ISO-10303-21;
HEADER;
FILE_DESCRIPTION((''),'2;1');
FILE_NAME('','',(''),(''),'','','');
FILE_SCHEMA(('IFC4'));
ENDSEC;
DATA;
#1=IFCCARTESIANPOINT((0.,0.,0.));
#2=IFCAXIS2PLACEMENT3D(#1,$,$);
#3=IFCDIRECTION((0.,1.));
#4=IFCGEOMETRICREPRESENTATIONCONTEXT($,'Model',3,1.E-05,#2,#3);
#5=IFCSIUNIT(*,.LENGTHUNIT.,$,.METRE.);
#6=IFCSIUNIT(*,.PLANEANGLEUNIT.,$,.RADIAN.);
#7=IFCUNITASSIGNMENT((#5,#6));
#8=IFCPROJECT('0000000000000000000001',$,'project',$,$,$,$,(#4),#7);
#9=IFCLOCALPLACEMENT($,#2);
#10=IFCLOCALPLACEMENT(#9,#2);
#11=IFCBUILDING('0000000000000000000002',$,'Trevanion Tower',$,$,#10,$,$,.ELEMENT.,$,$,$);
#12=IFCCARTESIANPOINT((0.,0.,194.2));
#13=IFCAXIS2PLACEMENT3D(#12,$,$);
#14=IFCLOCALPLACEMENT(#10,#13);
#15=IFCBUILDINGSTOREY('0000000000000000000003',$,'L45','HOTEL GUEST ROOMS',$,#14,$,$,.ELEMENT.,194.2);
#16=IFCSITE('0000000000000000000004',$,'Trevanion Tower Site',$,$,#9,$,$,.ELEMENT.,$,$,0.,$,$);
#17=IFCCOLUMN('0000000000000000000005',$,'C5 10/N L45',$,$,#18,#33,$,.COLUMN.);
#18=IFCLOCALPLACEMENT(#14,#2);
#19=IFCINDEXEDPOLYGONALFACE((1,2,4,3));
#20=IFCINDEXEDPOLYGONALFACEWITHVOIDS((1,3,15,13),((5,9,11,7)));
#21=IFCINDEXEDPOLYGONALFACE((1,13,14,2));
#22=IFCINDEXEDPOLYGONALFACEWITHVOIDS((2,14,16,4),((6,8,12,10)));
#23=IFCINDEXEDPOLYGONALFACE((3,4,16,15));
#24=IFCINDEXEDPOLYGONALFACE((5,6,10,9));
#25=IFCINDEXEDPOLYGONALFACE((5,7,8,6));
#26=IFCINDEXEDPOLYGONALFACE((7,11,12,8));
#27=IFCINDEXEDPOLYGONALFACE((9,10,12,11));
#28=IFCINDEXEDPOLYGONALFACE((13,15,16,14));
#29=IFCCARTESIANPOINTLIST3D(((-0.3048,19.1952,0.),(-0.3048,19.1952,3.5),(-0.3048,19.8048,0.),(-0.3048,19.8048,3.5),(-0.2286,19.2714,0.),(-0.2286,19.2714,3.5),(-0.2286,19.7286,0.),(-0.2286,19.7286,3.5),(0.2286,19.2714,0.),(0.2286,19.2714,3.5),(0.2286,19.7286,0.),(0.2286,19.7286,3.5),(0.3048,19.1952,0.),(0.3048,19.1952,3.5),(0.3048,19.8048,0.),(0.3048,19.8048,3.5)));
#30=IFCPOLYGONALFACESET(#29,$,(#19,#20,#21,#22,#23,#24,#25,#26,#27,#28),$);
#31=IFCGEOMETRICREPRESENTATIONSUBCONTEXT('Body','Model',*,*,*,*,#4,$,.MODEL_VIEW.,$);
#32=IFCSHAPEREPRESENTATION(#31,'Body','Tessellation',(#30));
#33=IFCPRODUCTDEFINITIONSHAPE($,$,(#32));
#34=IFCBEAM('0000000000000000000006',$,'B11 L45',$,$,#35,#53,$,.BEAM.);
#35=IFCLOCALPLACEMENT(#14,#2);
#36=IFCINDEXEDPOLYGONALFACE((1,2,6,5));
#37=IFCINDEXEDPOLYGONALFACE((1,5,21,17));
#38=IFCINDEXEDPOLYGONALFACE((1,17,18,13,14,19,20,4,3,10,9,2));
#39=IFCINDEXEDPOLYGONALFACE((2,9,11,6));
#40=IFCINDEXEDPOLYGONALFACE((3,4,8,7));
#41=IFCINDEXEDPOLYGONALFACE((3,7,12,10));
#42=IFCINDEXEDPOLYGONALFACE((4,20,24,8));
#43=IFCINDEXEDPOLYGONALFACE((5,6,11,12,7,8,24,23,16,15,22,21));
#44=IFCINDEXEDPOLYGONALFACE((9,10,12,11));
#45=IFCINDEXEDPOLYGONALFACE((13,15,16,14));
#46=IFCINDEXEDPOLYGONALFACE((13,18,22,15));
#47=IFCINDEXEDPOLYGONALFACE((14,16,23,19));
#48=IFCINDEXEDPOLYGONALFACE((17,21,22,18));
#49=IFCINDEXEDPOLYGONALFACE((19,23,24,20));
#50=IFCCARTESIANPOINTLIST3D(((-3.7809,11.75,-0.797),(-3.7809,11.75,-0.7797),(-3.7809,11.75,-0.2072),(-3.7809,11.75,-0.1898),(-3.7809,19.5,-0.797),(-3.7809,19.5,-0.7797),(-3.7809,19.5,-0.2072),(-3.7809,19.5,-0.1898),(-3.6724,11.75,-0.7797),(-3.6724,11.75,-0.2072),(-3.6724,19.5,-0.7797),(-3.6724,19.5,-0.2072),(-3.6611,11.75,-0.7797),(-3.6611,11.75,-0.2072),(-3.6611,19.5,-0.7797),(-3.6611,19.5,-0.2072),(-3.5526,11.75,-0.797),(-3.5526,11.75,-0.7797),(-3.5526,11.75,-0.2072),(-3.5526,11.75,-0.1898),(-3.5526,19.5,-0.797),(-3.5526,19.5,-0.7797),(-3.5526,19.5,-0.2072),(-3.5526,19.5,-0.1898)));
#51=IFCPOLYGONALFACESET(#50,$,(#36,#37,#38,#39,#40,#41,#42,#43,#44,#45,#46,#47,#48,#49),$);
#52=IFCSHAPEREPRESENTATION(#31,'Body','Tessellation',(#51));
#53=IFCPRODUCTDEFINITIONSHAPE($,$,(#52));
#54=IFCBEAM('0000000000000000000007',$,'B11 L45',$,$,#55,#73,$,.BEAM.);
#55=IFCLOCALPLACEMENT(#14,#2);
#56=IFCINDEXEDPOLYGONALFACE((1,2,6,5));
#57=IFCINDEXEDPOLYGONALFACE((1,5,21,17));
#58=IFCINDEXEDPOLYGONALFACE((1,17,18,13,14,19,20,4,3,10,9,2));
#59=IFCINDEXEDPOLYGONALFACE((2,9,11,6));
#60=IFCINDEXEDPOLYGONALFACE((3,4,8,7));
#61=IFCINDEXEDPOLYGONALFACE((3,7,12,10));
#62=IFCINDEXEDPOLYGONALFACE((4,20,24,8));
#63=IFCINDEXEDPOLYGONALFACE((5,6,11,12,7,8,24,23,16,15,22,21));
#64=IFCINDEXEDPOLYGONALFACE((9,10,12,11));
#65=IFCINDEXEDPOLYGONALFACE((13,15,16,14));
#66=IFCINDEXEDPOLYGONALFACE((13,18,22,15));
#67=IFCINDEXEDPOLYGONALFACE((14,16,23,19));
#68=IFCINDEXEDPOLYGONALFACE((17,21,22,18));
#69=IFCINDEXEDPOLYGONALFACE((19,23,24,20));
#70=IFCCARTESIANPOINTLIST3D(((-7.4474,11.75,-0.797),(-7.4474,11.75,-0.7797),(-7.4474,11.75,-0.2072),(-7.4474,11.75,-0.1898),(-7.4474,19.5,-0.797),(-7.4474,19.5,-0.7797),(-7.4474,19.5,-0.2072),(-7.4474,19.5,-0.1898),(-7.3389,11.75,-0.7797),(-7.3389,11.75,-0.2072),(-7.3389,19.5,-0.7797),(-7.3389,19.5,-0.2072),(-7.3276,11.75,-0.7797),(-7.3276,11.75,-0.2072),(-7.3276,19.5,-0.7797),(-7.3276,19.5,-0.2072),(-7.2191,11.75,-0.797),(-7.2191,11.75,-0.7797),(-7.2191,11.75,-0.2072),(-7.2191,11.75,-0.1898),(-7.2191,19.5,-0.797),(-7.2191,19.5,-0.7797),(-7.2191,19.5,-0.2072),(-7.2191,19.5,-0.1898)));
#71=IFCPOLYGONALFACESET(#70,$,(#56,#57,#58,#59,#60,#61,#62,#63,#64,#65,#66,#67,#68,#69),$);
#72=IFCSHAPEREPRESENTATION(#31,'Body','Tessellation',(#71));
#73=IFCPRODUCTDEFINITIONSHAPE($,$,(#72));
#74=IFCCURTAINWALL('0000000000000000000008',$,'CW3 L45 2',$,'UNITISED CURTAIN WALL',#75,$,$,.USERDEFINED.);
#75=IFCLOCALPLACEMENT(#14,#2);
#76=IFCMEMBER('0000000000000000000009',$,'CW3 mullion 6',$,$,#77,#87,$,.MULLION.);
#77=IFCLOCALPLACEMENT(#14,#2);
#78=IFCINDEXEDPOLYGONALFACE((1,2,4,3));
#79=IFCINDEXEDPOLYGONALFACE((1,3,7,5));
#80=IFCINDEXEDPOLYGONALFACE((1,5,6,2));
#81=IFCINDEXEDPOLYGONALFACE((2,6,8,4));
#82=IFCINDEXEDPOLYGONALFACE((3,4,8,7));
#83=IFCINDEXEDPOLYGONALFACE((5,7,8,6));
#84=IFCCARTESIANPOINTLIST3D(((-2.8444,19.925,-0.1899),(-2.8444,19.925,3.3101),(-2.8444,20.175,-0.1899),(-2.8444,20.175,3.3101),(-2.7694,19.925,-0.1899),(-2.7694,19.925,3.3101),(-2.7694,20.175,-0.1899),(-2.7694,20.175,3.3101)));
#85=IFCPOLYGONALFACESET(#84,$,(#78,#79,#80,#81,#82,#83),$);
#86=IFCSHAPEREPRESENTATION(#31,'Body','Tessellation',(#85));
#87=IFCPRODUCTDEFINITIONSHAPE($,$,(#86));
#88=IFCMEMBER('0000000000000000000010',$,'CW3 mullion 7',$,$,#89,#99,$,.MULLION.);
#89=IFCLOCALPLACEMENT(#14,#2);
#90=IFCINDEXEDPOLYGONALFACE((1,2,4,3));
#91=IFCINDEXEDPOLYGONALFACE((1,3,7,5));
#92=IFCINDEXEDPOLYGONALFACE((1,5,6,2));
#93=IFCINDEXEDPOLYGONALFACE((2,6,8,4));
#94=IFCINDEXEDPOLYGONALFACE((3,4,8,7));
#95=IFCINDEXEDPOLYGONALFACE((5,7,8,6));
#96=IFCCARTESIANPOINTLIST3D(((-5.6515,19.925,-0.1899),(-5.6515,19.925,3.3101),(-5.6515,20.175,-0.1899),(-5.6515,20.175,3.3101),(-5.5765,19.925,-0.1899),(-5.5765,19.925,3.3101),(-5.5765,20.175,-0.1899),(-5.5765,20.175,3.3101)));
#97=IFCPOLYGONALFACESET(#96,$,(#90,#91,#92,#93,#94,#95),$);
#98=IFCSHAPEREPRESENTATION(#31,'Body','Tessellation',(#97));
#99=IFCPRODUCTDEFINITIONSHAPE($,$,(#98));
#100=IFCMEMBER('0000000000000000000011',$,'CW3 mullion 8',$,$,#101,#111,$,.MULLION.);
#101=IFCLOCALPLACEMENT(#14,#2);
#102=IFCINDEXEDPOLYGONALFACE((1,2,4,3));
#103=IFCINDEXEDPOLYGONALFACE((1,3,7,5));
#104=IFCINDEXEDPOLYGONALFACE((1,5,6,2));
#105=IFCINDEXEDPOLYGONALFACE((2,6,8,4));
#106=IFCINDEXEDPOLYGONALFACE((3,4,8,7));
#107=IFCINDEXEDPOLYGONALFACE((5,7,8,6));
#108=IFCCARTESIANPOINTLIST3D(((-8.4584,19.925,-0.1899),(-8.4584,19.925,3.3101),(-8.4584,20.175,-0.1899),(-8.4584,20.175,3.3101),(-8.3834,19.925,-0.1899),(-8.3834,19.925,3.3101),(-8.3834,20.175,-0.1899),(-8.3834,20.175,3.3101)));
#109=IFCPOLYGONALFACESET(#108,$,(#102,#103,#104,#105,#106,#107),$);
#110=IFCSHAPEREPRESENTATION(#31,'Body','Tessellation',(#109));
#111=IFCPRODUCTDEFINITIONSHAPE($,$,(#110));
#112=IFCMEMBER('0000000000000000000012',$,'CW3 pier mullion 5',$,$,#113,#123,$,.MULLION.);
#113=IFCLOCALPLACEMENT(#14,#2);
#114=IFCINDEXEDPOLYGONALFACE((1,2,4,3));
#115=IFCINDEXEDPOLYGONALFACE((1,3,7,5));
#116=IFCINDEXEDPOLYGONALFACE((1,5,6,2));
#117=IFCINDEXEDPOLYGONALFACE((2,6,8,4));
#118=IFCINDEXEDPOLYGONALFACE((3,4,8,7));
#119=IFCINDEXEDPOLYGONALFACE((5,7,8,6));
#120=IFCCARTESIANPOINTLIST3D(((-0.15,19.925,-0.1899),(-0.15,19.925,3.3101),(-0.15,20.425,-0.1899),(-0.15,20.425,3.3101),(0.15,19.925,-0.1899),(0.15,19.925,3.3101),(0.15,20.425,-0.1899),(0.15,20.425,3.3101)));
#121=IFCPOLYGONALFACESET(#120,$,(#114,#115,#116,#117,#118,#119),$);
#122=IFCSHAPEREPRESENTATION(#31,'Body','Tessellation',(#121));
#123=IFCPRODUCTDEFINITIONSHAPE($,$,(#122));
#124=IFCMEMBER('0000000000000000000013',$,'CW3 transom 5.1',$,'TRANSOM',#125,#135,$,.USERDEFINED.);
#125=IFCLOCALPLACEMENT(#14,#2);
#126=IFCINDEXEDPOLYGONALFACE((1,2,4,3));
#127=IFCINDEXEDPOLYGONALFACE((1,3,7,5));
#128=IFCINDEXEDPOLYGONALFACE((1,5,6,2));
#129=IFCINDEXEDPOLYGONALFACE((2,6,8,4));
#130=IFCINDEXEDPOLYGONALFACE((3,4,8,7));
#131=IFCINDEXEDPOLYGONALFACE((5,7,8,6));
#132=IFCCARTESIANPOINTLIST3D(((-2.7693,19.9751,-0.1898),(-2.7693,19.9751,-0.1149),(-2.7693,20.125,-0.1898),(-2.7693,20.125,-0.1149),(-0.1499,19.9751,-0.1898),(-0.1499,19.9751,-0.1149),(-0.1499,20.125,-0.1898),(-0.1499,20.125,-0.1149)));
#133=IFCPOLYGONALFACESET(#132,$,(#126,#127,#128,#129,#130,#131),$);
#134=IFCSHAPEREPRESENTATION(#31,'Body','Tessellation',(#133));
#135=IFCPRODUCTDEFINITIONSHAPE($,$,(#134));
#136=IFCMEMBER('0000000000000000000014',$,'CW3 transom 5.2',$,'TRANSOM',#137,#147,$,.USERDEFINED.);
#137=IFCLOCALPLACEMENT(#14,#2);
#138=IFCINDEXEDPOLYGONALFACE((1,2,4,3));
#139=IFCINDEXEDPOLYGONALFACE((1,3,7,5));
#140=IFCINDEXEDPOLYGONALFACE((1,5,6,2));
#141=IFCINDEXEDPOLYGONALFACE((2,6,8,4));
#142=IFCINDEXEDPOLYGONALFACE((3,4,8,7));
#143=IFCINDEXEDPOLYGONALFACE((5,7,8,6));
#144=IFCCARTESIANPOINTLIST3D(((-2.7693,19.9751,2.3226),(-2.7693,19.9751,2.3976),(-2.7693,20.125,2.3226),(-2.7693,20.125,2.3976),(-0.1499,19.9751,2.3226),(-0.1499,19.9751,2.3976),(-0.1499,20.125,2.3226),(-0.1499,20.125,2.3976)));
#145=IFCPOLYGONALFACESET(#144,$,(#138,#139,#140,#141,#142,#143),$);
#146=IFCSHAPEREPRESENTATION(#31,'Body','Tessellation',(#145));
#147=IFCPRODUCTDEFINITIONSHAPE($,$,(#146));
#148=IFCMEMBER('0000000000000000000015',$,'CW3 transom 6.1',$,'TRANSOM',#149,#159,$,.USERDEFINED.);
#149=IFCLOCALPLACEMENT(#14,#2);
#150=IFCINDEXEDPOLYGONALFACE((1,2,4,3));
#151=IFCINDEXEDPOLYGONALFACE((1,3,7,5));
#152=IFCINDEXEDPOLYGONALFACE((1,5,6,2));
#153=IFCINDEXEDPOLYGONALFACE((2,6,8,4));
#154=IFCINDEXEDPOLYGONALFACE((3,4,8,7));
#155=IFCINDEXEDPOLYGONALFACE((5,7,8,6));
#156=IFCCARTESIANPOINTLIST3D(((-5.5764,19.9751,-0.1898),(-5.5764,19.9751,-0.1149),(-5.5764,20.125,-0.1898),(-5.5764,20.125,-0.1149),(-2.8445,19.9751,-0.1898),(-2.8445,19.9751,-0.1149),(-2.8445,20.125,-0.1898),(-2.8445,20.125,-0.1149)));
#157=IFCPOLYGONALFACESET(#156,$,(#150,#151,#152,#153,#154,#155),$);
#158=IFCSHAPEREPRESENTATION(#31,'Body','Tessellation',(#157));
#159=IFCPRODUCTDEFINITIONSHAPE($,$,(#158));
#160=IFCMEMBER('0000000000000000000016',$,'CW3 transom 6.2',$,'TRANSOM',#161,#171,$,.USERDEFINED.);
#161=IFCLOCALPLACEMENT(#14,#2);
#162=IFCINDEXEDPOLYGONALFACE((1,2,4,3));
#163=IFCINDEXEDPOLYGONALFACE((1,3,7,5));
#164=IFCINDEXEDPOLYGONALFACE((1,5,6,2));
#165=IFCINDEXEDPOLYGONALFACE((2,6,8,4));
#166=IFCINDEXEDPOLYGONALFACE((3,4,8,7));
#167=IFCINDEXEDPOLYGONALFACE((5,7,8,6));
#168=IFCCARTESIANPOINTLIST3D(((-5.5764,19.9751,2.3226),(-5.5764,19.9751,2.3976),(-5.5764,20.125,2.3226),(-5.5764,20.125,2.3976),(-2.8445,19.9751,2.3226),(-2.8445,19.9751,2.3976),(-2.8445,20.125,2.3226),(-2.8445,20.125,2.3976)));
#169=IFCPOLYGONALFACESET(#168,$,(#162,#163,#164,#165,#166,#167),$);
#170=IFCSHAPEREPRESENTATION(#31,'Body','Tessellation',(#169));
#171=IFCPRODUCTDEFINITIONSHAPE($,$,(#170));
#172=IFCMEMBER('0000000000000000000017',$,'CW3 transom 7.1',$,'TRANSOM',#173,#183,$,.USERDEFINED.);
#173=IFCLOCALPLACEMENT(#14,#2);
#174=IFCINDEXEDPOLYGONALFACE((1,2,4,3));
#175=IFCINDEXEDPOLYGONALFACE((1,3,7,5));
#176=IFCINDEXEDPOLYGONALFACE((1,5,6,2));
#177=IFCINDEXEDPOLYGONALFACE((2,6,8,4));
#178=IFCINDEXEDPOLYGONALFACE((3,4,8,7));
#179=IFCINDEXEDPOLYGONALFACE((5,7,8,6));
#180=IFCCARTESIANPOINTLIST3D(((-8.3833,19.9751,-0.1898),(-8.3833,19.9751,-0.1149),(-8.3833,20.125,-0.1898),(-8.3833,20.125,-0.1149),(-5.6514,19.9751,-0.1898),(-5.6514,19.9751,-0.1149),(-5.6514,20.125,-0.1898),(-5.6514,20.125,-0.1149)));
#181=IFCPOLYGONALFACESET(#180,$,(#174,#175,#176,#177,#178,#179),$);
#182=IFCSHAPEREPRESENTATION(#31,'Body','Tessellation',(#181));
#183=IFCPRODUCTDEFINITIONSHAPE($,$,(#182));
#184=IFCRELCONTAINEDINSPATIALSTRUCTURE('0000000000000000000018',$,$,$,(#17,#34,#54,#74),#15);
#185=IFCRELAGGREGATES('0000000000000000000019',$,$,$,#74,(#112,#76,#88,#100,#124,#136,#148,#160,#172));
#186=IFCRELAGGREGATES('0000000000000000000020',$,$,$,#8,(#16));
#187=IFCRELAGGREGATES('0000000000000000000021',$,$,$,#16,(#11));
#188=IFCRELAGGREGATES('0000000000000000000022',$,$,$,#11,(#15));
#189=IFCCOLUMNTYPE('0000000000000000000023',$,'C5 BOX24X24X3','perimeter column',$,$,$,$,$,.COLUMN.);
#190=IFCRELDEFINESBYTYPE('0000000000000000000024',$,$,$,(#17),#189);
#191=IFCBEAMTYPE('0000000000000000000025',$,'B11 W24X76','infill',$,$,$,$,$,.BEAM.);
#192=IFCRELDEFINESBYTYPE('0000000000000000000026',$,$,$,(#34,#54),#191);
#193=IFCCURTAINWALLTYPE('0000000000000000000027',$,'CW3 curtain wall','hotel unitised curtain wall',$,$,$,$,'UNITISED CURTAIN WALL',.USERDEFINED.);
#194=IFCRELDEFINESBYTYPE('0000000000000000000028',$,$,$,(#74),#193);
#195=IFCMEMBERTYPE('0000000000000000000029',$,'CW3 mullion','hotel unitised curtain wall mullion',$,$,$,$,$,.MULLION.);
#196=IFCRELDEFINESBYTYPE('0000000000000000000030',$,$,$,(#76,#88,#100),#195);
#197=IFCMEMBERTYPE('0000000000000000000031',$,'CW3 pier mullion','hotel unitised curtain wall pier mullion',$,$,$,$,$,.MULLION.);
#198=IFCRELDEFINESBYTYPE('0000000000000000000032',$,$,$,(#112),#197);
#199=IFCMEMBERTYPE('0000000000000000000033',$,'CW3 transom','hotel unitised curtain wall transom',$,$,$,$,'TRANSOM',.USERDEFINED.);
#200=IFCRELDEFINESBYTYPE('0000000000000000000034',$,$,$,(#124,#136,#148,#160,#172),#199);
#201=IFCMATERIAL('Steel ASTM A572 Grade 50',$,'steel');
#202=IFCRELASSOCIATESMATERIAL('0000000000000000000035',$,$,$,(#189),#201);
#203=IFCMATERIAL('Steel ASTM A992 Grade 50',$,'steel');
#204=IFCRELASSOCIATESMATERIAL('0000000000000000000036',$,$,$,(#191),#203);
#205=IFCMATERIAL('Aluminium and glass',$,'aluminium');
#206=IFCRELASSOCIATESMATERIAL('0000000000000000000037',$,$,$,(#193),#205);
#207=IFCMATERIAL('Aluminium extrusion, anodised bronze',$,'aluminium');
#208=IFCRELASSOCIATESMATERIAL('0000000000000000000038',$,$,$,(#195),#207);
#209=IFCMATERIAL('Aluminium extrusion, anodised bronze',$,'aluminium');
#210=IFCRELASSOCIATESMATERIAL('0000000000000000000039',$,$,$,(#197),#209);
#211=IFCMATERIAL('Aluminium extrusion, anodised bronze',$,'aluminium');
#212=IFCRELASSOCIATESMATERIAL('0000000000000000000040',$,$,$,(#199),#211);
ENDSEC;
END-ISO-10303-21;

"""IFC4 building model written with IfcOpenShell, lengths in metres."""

from ifc_helpers import new_model, si_unit, direction, frame, origin, origin_2d, place, context, subcontext, project, spatial, rectangle, hollow_rectangle, i_section, extrude, material, material_profile, profile_set, type_object, element, aggregate, save


model = new_model("IFC4")

# Units and contexts
model_context = context("Model", 3, precision=1e-05, world=origin(), true_north=direction((0.0, 1.0)))
body_context = subcontext(model_context, "Body", "Model", "MODEL_VIEW")
ifc_project = project(units=[si_unit("LENGTHUNIT", "METRE"), si_unit("PLANEANGLEUNIT", "RADIAN")], contexts=[model_context])

# Site, building, storey
site_placement = place(None, origin())
site = spatial("IfcSite", under=ifc_project, at=site_placement, Name="Trevanion Tower Site", CompositionType="ELEMENT", RefElevation=0.0)
building_placement = place(site_placement, origin())
building = spatial("IfcBuilding", under=site, at=building_placement, Name="Trevanion Tower", CompositionType="ELEMENT")
storey_placement = place(building_placement, frame((0.0, 0.0, 194.2)))
storey = spatial("IfcBuildingStorey", under=building, at=storey_placement, Name="L45", Description="HOTEL GUEST ROOMS", CompositionType="ELEMENT", Elevation=194.2)

# Column
ifc_material_1 = material(Name="Steel ASTM A572 Grade 50", Category="steel")
ifc_material_profile_1 = material_profile(ifc_material_1, hollow_rectangle(XDim=0.6096, YDim=0.6096, WallThickness=0.0762, at=origin_2d()), Name="BOX24X24X3")
ifc_profile_set_1 = profile_set([ifc_material_profile_1], Name="Steel ASTM A572 Grade 50")
column_type = type_object("IfcColumnType", Name="C5 BOX24X24X3", Description="perimeter column", PredefinedType="COLUMN", material=ifc_profile_set_1)
column_placement = place(storey_placement, frame((0.0, 19.5, 0.0), z_axis=(0.0, 0.0, 1.0), x_axis=(1.0, 0.0, 0.0)))
element("IfcColumn", 1, at=column_placement, inside=storey, type_object=column_type, Name="C5 10/N L45", PredefinedType="COLUMN", context=body_context, shape_type="SweptSolid", body=[
    extrude(hollow_rectangle(XDim=0.6096, YDim=0.6096, WallThickness=0.0762, at=origin_2d()), origin(), (0.0, 0.0, 1.0), 3.5),
])

# Beams
ifc_material_2 = material(Name="Steel ASTM A992 Grade 50", Category="steel")
ifc_material_profile_2 = material_profile(ifc_material_2, i_section(OverallWidth=0.2283, OverallDepth=0.6072, WebThickness=0.0112, FlangeThickness=0.0173, at=origin_2d()), Name="W24X76")
ifc_profile_set_2 = profile_set([ifc_material_profile_2], Name="Steel ASTM A992 Grade 50")
beam_type_1 = type_object("IfcBeamType", Name="B11 W24X76", Description="infill", PredefinedType="BEAM", material=ifc_profile_set_2)
for number, where, z_axis, x_axis, name in (
    (2, (-3.6667, 11.75, -0.4934), (0.0, 1.0, 0.0), (-1.0, 0.0, 0.0), "B11 L45"),
    (3, (-7.3333, 11.75, -0.4934), (0.0, 1.0, 0.0), (-1.0, 0.0, 0.0), "B11 L45"),
):
    element("IfcBeam", number, at=place(storey_placement, frame(where, z_axis=z_axis, x_axis=x_axis)), inside=storey, type_object=beam_type_1, Name=name, PredefinedType="BEAM", context=body_context, shape_type="SweptSolid", body=[
        extrude(i_section(OverallWidth=0.2283, OverallDepth=0.6072, WebThickness=0.0112, FlangeThickness=0.0173, at=origin_2d()), origin(), (0.0, 0.0, 1.0), 7.75),
    ])

# Curtain wall, members
ifc_material_3 = material(Name="Aluminium and glass", Category="aluminium")
curtain_wall_type = type_object("IfcCurtainWallType", Name="CW3 curtain wall", Description="hotel unitised curtain wall", ElementType="UNITISED CURTAIN WALL", PredefinedType="USERDEFINED", material=ifc_material_3)
curtain_wall_placement = place(storey_placement, origin())
curtain_wall = element("IfcCurtainWall", 4, at=curtain_wall_placement, inside=storey, type_object=curtain_wall_type, Name="CW3 L45 2", ObjectType="UNITISED CURTAIN WALL", PredefinedType="USERDEFINED")
ifc_material_4 = material(Name="Aluminium extrusion, anodised bronze", Category="aluminium")
ifc_material_profile_3 = material_profile(ifc_material_4, rectangle(XDim=0.075, YDim=0.25, at=origin_2d()), Name="CW3 mullion")
ifc_profile_set_3 = profile_set([ifc_material_profile_3], Name="Aluminium extrusion, anodised bronze")
member_type_1 = type_object("IfcMemberType", Name="CW3 mullion", Description="hotel unitised curtain wall mullion", PredefinedType="MULLION", material=ifc_profile_set_3)
member_1_placement = place(storey_placement, frame((-2.8069, 20.05, -0.1899), z_axis=(0.0, 0.0, 1.0), x_axis=(-1.0, 0.0, 0.0)))
member_1 = element("IfcMember", 5, at=member_1_placement, type_object=member_type_1, Name="CW3 mullion 6", PredefinedType="MULLION", context=body_context, shape_type="SweptSolid", body=[
    extrude(rectangle(XDim=0.075, YDim=0.25, at=origin_2d()), origin(), (0.0, 0.0, 1.0), 3.5),
])
member_2_placement = place(storey_placement, frame((-5.614, 20.05, -0.1899), z_axis=(0.0, 0.0, 1.0), x_axis=(-1.0, 0.0, 0.0)))
member_2 = element("IfcMember", 6, at=member_2_placement, type_object=member_type_1, Name="CW3 mullion 7", PredefinedType="MULLION", context=body_context, shape_type="SweptSolid", body=[
    extrude(rectangle(XDim=0.075, YDim=0.25, at=origin_2d()), origin(), (0.0, 0.0, 1.0), 3.5),
])
member_3_placement = place(storey_placement, frame((-8.4209, 20.05, -0.1899), z_axis=(0.0, 0.0, 1.0), x_axis=(-1.0, 0.0, 0.0)))
member_3 = element("IfcMember", 7, at=member_3_placement, type_object=member_type_1, Name="CW3 mullion 8", PredefinedType="MULLION", context=body_context, shape_type="SweptSolid", body=[
    extrude(rectangle(XDim=0.075, YDim=0.25, at=origin_2d()), origin(), (0.0, 0.0, 1.0), 3.5),
])
ifc_material_5 = material(Name="Aluminium extrusion, anodised bronze", Category="aluminium")
ifc_material_profile_4 = material_profile(ifc_material_5, rectangle(XDim=0.3, YDim=0.5, at=origin_2d()), Name="CW3 pier mullion")
ifc_profile_set_4 = profile_set([ifc_material_profile_4], Name="Aluminium extrusion, anodised bronze")
member_type_2 = type_object("IfcMemberType", Name="CW3 pier mullion", Description="hotel unitised curtain wall pier mullion", PredefinedType="MULLION", material=ifc_profile_set_4)
member_4_placement = place(storey_placement, frame((0.0, 20.175, -0.1899), z_axis=(0.0, 0.0, 1.0), x_axis=(-1.0, 0.0, 0.0)))
member_4 = element("IfcMember", 8, at=member_4_placement, type_object=member_type_2, Name="CW3 pier mullion 5", PredefinedType="MULLION", context=body_context, shape_type="SweptSolid", body=[
    extrude(rectangle(XDim=0.3, YDim=0.5, at=origin_2d()), origin(), (0.0, 0.0, 1.0), 3.5),
])
ifc_material_6 = material(Name="Aluminium extrusion, anodised bronze", Category="aluminium")
ifc_material_profile_5 = material_profile(ifc_material_6, rectangle(XDim=0.1499, YDim=0.075, at=origin_2d()), Name="CW3 transom")
ifc_profile_set_5 = profile_set([ifc_material_profile_5], Name="Aluminium extrusion, anodised bronze")
member_type_3 = type_object("IfcMemberType", Name="CW3 transom", Description="hotel unitised curtain wall transom", ElementType="TRANSOM", PredefinedType="USERDEFINED", material=ifc_profile_set_5)
member_5_placement = place(storey_placement, frame((-0.1499, 20.05, -0.1523), z_axis=(-1.0, 0.0, 0.0), x_axis=(0.0, -1.0, 0.0)))
member_5 = element("IfcMember", 9, at=member_5_placement, type_object=member_type_3, Name="CW3 transom 5.1", ObjectType="TRANSOM", PredefinedType="USERDEFINED", context=body_context, shape_type="SweptSolid", body=[
    extrude(rectangle(XDim=0.1499, YDim=0.075, at=origin_2d()), origin(), (0.0, 0.0, 1.0), 2.6194),
])
member_6_placement = place(storey_placement, frame((-0.1499, 20.05, 2.3601), z_axis=(-1.0, 0.0, 0.0), x_axis=(0.0, -1.0, 0.0)))
member_6 = element("IfcMember", 10, at=member_6_placement, type_object=member_type_3, Name="CW3 transom 5.2", ObjectType="TRANSOM", PredefinedType="USERDEFINED", context=body_context, shape_type="SweptSolid", body=[
    extrude(rectangle(XDim=0.1499, YDim=0.075, at=origin_2d()), origin(), (0.0, 0.0, 1.0), 2.6194),
])
member_7_placement = place(storey_placement, frame((-2.8445, 20.05, -0.1523), z_axis=(-1.0, 0.0, 0.0), x_axis=(0.0, -1.0, 0.0)))
member_7 = element("IfcMember", 11, at=member_7_placement, type_object=member_type_3, Name="CW3 transom 6.1", ObjectType="TRANSOM", PredefinedType="USERDEFINED", context=body_context, shape_type="SweptSolid", body=[
    extrude(rectangle(XDim=0.1499, YDim=0.075, at=origin_2d()), origin(), (0.0, 0.0, 1.0), 2.7319),
])
member_8_placement = place(storey_placement, frame((-2.8445, 20.05, 2.3601), z_axis=(-1.0, 0.0, 0.0), x_axis=(0.0, -1.0, 0.0)))
member_8 = element("IfcMember", 12, at=member_8_placement, type_object=member_type_3, Name="CW3 transom 6.2", ObjectType="TRANSOM", PredefinedType="USERDEFINED", context=body_context, shape_type="SweptSolid", body=[
    extrude(rectangle(XDim=0.1499, YDim=0.075, at=origin_2d()), origin(), (0.0, 0.0, 1.0), 2.7319),
])
member_9_placement = place(storey_placement, frame((-5.6514, 20.05, -0.1523), z_axis=(-1.0, 0.0, 0.0), x_axis=(0.0, -1.0, 0.0)))
member_9 = element("IfcMember", 13, at=member_9_placement, type_object=member_type_3, Name="CW3 transom 7.1", ObjectType="TRANSOM", PredefinedType="USERDEFINED", context=body_context, shape_type="SweptSolid", body=[
    extrude(rectangle(XDim=0.1499, YDim=0.075, at=origin_2d()), origin(), (0.0, 0.0, 1.0), 2.7319),
])

aggregate(curtain_wall, [member_4, member_1, member_2, member_3, member_5, member_6, member_7, member_8, member_9])

save(model, "model.ifc")
